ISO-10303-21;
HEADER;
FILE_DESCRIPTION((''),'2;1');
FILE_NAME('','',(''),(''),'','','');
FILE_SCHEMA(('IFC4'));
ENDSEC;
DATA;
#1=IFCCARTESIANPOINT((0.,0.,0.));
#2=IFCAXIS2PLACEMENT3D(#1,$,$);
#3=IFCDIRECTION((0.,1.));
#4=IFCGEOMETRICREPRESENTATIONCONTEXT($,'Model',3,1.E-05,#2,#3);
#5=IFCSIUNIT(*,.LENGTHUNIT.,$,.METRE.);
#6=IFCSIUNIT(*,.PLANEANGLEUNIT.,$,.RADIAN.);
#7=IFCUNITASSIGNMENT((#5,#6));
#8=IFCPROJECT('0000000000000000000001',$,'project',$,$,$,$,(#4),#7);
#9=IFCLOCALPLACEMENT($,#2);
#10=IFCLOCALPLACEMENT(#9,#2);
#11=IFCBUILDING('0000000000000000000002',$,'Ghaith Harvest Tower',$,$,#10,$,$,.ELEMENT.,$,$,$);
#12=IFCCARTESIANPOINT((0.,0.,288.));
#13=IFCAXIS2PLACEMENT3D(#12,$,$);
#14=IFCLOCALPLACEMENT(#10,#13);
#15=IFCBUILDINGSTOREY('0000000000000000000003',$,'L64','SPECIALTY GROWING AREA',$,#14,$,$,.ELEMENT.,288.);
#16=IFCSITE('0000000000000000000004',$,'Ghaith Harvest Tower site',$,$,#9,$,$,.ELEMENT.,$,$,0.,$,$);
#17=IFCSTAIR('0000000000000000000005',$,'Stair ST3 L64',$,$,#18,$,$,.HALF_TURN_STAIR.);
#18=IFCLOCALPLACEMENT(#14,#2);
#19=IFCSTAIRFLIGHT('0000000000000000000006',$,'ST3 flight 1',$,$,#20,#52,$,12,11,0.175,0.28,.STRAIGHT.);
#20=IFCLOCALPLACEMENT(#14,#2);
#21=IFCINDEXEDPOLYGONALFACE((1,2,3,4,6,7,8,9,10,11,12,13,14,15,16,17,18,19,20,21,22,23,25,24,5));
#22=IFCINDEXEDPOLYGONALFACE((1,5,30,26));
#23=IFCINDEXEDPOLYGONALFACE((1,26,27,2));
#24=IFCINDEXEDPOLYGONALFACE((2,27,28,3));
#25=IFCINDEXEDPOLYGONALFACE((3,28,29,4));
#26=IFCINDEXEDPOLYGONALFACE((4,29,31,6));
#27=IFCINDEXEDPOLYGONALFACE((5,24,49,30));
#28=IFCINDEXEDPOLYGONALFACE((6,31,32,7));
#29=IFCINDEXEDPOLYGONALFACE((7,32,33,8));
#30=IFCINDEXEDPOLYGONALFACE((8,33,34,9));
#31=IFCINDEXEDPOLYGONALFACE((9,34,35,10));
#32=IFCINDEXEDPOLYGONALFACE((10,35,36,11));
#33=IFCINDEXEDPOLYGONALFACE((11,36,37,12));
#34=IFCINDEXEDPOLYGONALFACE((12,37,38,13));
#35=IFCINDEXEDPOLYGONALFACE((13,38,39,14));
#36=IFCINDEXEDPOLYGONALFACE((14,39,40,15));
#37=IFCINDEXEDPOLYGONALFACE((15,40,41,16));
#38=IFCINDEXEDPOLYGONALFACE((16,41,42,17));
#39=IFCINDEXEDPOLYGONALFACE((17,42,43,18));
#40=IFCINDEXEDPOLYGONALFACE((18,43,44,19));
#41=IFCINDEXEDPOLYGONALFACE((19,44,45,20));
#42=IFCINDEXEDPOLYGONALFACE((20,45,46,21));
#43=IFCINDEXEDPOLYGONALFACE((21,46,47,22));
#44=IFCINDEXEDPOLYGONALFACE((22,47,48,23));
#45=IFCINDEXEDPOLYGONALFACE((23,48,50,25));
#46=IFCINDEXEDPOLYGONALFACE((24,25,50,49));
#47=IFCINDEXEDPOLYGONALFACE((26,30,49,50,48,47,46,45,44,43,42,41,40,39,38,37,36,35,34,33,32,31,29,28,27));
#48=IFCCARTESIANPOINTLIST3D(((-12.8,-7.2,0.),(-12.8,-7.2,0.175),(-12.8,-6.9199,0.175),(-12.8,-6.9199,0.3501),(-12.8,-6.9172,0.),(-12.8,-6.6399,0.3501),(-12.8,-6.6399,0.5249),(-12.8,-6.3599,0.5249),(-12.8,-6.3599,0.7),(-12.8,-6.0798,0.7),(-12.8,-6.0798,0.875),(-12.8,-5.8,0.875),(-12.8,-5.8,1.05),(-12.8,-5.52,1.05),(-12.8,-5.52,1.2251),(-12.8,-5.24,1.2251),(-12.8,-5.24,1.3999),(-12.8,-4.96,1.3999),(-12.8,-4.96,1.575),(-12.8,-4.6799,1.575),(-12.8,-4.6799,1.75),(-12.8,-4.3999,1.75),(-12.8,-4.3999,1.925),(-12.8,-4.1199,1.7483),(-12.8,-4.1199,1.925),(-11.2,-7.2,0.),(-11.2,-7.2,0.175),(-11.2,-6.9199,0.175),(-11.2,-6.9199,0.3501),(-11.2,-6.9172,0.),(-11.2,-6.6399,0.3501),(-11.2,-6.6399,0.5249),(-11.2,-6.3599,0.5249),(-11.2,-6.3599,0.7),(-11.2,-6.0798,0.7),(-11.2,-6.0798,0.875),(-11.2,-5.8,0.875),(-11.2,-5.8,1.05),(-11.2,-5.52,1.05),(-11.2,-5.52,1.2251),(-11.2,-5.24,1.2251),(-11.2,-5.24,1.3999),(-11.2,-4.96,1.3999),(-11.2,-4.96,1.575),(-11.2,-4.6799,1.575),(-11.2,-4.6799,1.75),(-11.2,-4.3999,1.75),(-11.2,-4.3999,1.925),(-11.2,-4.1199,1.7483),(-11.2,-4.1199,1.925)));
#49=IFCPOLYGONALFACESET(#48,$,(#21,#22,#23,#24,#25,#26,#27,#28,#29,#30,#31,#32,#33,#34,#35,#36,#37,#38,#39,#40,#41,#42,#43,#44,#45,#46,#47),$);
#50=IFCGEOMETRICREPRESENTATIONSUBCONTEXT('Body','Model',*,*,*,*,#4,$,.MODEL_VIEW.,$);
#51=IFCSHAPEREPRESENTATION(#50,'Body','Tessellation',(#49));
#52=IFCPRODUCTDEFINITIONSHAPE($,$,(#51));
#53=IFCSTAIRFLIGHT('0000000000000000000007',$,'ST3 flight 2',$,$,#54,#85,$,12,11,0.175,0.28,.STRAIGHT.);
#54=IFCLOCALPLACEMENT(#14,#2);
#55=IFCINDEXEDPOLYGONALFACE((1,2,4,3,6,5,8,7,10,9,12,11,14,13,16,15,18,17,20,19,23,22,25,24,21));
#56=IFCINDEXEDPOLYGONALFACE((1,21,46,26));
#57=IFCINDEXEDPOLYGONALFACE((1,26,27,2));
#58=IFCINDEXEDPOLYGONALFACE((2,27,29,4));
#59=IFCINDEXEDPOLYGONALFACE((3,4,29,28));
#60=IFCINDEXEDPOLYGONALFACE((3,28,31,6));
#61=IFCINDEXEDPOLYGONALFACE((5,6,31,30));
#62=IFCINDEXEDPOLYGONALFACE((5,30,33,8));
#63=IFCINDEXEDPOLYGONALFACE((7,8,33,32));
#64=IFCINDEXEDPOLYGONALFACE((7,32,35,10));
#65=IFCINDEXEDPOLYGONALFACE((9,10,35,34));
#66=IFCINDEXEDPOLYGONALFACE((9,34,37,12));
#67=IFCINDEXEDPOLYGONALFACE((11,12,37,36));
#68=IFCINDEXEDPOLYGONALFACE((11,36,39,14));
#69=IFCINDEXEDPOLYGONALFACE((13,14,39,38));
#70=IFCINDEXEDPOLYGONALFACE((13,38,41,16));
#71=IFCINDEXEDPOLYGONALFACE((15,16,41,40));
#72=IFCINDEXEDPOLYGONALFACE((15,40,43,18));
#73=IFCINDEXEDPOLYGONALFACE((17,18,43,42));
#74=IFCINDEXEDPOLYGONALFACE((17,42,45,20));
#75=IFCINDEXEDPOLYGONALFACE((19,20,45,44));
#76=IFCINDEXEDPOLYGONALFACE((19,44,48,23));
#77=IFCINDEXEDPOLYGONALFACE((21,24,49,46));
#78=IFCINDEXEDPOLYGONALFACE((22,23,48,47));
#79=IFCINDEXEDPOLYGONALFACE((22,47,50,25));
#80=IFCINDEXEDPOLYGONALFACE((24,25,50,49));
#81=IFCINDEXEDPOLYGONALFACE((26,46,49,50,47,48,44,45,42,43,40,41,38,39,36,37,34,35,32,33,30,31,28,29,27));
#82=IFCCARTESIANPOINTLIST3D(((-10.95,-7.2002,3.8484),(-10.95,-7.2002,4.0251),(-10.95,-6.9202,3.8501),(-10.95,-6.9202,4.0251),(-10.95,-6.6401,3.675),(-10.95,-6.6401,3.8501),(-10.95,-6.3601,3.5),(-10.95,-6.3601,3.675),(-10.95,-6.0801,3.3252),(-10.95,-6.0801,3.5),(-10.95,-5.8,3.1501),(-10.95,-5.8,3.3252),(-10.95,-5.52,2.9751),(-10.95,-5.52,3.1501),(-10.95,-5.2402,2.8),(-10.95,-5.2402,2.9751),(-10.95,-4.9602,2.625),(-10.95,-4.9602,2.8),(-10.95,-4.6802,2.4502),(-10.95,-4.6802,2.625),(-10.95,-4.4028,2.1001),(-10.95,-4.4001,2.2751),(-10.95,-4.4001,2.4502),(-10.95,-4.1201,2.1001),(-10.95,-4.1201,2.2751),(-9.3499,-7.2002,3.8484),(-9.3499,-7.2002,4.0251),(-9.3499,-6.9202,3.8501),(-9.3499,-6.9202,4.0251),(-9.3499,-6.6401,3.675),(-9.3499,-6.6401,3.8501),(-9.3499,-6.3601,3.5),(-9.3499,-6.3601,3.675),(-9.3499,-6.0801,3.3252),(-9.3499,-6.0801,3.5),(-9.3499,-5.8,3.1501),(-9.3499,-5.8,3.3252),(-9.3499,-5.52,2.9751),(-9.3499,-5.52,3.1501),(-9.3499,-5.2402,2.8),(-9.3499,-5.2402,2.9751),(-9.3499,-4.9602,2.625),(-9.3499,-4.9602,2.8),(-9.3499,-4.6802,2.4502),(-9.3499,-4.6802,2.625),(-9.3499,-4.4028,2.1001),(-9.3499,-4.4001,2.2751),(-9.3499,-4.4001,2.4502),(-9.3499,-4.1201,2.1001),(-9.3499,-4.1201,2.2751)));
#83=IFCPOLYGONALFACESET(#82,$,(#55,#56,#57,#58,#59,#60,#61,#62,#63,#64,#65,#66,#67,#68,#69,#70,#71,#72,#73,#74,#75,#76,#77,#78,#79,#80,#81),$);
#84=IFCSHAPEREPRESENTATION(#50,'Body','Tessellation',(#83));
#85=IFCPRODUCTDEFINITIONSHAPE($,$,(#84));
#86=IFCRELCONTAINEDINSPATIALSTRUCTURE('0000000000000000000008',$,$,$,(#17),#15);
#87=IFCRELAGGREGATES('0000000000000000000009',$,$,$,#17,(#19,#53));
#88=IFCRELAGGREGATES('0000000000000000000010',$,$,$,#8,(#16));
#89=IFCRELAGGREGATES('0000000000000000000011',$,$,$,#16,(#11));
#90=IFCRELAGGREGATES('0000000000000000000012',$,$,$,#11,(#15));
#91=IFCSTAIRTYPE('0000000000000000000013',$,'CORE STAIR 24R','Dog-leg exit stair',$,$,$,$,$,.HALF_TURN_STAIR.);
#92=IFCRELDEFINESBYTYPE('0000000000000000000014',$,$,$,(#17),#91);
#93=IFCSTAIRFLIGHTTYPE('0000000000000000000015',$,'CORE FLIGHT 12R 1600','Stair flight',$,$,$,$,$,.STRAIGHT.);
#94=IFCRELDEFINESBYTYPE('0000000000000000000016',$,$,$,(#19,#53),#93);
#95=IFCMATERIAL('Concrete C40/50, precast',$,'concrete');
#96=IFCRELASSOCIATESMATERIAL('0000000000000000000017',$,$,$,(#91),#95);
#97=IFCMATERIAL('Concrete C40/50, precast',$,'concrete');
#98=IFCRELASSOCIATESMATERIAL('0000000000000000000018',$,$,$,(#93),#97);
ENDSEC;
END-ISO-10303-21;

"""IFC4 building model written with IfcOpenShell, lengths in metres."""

from ifc_helpers import new_model, si_unit, direction, frame, origin, place, context, subcontext, project, spatial, polyline, outline, extrude, material, type_object, element, aggregate, save


model = new_model("IFC4")

# Units and contexts
model_context = context("Model", 3, precision=1e-05, world=origin(), true_north=direction((0.0, 1.0)))
body_context = subcontext(model_context, "Body", "Model", "MODEL_VIEW")
ifc_project = project(units=[si_unit("LENGTHUNIT", "METRE"), si_unit("PLANEANGLEUNIT", "RADIAN")], contexts=[model_context])

# Site, building, storey
site_placement = place(None, origin())
site = spatial("IfcSite", under=ifc_project, at=site_placement, Name="Ghaith Harvest Tower site", CompositionType="ELEMENT", RefElevation=0.0)
building_placement = place(site_placement, origin())
building = spatial("IfcBuilding", under=site, at=building_placement, Name="Ghaith Harvest Tower", CompositionType="ELEMENT")
storey_placement = place(building_placement, frame((0.0, 0.0, 288.0)))
storey = spatial("IfcBuildingStorey", under=building, at=storey_placement, Name="L64", Description="SPECIALTY GROWING AREA", CompositionType="ELEMENT", Elevation=288.0)

# Stair, stair flights
ifc_material_1 = material(Name="Concrete C40/50, precast", Category="concrete")
stair_type = type_object("IfcStairType", Name="CORE STAIR 24R", Description="Dog-leg exit stair", PredefinedType="HALF_TURN_STAIR", material=ifc_material_1)
stair_placement = place(storey_placement, origin())
stair = element("IfcStair", 1, at=stair_placement, inside=storey, type_object=stair_type, Name="Stair ST3 L64", PredefinedType="HALF_TURN_STAIR")
ifc_material_2 = material(Name="Concrete C40/50, precast", Category="concrete")
stair_flight_type = type_object("IfcStairFlightType", Name="CORE FLIGHT 12R 1600", Description="Stair flight", PredefinedType="STRAIGHT", material=ifc_material_2)
stair_flight_1_placement = place(storey_placement, frame((-12.0, -7.2, 0.0), z_axis=(0.0, 0.0, 1.0), x_axis=(0.0, 1.0, 0.0)))
stair_flight_1 = element("IfcStairFlight", 2, at=stair_flight_1_placement, type_object=stair_flight_type, Name="ST3 flight 1", NumberOfRisers=12, NumberOfTreads=11, PredefinedType="STRAIGHT", RiserHeight=0.175, TreadLength=0.28, context=body_context, shape_type="SweptSolid", body=[
    extrude(outline(polyline([(0.0, 0.0), (0.0, 0.175), (0.28, 0.175), (0.28, 0.3501), (0.5601, 0.3501), (0.5601, 0.5249), (0.8401, 0.5249), (0.8401, 0.7), (1.1201, 0.7), (1.1201, 0.875), (1.3999, 0.875), (1.3999, 1.05), (1.6799, 1.05), (1.6799, 1.2251), (1.96, 1.2251), (1.96, 1.3999), (2.24, 1.3999), (2.24, 1.575), (2.52, 1.575), (2.52, 1.75), (2.8, 1.75), (2.8, 1.925), (3.0801, 1.925), (3.0801, 2.1001), (3.0801, 1.7483), (0.2827, 0.0), (0.0, 0.0)])), frame((0.0, 0.8, 0.0), z_axis=(0.0, -1.0, 0.0), x_axis=(1.0, 0.0, 0.0)), (0.0, 0.0, 1.0), 1.6001),
])
stair_flight_2_placement = place(storey_placement, frame((-10.1499, -4.1201, 2.1001), z_axis=(0.0, 0.0, 1.0), x_axis=(0.0, -1.0, 0.0)))
stair_flight_2 = element("IfcStairFlight", 3, at=stair_flight_2_placement, type_object=stair_flight_type, Name="ST3 flight 2", NumberOfRisers=12, NumberOfTreads=11, PredefinedType="STRAIGHT", RiserHeight=0.175, TreadLength=0.28, context=body_context, shape_type="SweptSolid", body=[
    extrude(outline(polyline([(0.0, 0.0), (0.0, 0.175), (0.28, 0.175), (0.28, 0.3501), (0.5601, 0.3501), (0.5601, 0.5249), (0.8401, 0.5249), (0.8401, 0.7), (1.1201, 0.7), (1.1201, 0.875), (1.3999, 0.875), (1.3999, 1.05), (1.6799, 1.05), (1.6799, 1.2251), (1.96, 1.2251), (1.96, 1.3999), (2.24, 1.3999), (2.24, 1.575), (2.52, 1.575), (2.52, 1.75), (2.8, 1.75), (2.8, 1.925), (3.0801, 1.925), (3.0801, 2.1001), (3.0801, 1.7483), (0.2827, 0.0), (0.0, 0.0)])), frame((0.0, 0.8, 0.0), z_axis=(0.0, -1.0, 0.0), x_axis=(1.0, 0.0, 0.0)), (0.0, 0.0, 1.0), 1.6001),
])
aggregate(stair, [stair_flight_1, stair_flight_2])

save(model, "model.ifc")
